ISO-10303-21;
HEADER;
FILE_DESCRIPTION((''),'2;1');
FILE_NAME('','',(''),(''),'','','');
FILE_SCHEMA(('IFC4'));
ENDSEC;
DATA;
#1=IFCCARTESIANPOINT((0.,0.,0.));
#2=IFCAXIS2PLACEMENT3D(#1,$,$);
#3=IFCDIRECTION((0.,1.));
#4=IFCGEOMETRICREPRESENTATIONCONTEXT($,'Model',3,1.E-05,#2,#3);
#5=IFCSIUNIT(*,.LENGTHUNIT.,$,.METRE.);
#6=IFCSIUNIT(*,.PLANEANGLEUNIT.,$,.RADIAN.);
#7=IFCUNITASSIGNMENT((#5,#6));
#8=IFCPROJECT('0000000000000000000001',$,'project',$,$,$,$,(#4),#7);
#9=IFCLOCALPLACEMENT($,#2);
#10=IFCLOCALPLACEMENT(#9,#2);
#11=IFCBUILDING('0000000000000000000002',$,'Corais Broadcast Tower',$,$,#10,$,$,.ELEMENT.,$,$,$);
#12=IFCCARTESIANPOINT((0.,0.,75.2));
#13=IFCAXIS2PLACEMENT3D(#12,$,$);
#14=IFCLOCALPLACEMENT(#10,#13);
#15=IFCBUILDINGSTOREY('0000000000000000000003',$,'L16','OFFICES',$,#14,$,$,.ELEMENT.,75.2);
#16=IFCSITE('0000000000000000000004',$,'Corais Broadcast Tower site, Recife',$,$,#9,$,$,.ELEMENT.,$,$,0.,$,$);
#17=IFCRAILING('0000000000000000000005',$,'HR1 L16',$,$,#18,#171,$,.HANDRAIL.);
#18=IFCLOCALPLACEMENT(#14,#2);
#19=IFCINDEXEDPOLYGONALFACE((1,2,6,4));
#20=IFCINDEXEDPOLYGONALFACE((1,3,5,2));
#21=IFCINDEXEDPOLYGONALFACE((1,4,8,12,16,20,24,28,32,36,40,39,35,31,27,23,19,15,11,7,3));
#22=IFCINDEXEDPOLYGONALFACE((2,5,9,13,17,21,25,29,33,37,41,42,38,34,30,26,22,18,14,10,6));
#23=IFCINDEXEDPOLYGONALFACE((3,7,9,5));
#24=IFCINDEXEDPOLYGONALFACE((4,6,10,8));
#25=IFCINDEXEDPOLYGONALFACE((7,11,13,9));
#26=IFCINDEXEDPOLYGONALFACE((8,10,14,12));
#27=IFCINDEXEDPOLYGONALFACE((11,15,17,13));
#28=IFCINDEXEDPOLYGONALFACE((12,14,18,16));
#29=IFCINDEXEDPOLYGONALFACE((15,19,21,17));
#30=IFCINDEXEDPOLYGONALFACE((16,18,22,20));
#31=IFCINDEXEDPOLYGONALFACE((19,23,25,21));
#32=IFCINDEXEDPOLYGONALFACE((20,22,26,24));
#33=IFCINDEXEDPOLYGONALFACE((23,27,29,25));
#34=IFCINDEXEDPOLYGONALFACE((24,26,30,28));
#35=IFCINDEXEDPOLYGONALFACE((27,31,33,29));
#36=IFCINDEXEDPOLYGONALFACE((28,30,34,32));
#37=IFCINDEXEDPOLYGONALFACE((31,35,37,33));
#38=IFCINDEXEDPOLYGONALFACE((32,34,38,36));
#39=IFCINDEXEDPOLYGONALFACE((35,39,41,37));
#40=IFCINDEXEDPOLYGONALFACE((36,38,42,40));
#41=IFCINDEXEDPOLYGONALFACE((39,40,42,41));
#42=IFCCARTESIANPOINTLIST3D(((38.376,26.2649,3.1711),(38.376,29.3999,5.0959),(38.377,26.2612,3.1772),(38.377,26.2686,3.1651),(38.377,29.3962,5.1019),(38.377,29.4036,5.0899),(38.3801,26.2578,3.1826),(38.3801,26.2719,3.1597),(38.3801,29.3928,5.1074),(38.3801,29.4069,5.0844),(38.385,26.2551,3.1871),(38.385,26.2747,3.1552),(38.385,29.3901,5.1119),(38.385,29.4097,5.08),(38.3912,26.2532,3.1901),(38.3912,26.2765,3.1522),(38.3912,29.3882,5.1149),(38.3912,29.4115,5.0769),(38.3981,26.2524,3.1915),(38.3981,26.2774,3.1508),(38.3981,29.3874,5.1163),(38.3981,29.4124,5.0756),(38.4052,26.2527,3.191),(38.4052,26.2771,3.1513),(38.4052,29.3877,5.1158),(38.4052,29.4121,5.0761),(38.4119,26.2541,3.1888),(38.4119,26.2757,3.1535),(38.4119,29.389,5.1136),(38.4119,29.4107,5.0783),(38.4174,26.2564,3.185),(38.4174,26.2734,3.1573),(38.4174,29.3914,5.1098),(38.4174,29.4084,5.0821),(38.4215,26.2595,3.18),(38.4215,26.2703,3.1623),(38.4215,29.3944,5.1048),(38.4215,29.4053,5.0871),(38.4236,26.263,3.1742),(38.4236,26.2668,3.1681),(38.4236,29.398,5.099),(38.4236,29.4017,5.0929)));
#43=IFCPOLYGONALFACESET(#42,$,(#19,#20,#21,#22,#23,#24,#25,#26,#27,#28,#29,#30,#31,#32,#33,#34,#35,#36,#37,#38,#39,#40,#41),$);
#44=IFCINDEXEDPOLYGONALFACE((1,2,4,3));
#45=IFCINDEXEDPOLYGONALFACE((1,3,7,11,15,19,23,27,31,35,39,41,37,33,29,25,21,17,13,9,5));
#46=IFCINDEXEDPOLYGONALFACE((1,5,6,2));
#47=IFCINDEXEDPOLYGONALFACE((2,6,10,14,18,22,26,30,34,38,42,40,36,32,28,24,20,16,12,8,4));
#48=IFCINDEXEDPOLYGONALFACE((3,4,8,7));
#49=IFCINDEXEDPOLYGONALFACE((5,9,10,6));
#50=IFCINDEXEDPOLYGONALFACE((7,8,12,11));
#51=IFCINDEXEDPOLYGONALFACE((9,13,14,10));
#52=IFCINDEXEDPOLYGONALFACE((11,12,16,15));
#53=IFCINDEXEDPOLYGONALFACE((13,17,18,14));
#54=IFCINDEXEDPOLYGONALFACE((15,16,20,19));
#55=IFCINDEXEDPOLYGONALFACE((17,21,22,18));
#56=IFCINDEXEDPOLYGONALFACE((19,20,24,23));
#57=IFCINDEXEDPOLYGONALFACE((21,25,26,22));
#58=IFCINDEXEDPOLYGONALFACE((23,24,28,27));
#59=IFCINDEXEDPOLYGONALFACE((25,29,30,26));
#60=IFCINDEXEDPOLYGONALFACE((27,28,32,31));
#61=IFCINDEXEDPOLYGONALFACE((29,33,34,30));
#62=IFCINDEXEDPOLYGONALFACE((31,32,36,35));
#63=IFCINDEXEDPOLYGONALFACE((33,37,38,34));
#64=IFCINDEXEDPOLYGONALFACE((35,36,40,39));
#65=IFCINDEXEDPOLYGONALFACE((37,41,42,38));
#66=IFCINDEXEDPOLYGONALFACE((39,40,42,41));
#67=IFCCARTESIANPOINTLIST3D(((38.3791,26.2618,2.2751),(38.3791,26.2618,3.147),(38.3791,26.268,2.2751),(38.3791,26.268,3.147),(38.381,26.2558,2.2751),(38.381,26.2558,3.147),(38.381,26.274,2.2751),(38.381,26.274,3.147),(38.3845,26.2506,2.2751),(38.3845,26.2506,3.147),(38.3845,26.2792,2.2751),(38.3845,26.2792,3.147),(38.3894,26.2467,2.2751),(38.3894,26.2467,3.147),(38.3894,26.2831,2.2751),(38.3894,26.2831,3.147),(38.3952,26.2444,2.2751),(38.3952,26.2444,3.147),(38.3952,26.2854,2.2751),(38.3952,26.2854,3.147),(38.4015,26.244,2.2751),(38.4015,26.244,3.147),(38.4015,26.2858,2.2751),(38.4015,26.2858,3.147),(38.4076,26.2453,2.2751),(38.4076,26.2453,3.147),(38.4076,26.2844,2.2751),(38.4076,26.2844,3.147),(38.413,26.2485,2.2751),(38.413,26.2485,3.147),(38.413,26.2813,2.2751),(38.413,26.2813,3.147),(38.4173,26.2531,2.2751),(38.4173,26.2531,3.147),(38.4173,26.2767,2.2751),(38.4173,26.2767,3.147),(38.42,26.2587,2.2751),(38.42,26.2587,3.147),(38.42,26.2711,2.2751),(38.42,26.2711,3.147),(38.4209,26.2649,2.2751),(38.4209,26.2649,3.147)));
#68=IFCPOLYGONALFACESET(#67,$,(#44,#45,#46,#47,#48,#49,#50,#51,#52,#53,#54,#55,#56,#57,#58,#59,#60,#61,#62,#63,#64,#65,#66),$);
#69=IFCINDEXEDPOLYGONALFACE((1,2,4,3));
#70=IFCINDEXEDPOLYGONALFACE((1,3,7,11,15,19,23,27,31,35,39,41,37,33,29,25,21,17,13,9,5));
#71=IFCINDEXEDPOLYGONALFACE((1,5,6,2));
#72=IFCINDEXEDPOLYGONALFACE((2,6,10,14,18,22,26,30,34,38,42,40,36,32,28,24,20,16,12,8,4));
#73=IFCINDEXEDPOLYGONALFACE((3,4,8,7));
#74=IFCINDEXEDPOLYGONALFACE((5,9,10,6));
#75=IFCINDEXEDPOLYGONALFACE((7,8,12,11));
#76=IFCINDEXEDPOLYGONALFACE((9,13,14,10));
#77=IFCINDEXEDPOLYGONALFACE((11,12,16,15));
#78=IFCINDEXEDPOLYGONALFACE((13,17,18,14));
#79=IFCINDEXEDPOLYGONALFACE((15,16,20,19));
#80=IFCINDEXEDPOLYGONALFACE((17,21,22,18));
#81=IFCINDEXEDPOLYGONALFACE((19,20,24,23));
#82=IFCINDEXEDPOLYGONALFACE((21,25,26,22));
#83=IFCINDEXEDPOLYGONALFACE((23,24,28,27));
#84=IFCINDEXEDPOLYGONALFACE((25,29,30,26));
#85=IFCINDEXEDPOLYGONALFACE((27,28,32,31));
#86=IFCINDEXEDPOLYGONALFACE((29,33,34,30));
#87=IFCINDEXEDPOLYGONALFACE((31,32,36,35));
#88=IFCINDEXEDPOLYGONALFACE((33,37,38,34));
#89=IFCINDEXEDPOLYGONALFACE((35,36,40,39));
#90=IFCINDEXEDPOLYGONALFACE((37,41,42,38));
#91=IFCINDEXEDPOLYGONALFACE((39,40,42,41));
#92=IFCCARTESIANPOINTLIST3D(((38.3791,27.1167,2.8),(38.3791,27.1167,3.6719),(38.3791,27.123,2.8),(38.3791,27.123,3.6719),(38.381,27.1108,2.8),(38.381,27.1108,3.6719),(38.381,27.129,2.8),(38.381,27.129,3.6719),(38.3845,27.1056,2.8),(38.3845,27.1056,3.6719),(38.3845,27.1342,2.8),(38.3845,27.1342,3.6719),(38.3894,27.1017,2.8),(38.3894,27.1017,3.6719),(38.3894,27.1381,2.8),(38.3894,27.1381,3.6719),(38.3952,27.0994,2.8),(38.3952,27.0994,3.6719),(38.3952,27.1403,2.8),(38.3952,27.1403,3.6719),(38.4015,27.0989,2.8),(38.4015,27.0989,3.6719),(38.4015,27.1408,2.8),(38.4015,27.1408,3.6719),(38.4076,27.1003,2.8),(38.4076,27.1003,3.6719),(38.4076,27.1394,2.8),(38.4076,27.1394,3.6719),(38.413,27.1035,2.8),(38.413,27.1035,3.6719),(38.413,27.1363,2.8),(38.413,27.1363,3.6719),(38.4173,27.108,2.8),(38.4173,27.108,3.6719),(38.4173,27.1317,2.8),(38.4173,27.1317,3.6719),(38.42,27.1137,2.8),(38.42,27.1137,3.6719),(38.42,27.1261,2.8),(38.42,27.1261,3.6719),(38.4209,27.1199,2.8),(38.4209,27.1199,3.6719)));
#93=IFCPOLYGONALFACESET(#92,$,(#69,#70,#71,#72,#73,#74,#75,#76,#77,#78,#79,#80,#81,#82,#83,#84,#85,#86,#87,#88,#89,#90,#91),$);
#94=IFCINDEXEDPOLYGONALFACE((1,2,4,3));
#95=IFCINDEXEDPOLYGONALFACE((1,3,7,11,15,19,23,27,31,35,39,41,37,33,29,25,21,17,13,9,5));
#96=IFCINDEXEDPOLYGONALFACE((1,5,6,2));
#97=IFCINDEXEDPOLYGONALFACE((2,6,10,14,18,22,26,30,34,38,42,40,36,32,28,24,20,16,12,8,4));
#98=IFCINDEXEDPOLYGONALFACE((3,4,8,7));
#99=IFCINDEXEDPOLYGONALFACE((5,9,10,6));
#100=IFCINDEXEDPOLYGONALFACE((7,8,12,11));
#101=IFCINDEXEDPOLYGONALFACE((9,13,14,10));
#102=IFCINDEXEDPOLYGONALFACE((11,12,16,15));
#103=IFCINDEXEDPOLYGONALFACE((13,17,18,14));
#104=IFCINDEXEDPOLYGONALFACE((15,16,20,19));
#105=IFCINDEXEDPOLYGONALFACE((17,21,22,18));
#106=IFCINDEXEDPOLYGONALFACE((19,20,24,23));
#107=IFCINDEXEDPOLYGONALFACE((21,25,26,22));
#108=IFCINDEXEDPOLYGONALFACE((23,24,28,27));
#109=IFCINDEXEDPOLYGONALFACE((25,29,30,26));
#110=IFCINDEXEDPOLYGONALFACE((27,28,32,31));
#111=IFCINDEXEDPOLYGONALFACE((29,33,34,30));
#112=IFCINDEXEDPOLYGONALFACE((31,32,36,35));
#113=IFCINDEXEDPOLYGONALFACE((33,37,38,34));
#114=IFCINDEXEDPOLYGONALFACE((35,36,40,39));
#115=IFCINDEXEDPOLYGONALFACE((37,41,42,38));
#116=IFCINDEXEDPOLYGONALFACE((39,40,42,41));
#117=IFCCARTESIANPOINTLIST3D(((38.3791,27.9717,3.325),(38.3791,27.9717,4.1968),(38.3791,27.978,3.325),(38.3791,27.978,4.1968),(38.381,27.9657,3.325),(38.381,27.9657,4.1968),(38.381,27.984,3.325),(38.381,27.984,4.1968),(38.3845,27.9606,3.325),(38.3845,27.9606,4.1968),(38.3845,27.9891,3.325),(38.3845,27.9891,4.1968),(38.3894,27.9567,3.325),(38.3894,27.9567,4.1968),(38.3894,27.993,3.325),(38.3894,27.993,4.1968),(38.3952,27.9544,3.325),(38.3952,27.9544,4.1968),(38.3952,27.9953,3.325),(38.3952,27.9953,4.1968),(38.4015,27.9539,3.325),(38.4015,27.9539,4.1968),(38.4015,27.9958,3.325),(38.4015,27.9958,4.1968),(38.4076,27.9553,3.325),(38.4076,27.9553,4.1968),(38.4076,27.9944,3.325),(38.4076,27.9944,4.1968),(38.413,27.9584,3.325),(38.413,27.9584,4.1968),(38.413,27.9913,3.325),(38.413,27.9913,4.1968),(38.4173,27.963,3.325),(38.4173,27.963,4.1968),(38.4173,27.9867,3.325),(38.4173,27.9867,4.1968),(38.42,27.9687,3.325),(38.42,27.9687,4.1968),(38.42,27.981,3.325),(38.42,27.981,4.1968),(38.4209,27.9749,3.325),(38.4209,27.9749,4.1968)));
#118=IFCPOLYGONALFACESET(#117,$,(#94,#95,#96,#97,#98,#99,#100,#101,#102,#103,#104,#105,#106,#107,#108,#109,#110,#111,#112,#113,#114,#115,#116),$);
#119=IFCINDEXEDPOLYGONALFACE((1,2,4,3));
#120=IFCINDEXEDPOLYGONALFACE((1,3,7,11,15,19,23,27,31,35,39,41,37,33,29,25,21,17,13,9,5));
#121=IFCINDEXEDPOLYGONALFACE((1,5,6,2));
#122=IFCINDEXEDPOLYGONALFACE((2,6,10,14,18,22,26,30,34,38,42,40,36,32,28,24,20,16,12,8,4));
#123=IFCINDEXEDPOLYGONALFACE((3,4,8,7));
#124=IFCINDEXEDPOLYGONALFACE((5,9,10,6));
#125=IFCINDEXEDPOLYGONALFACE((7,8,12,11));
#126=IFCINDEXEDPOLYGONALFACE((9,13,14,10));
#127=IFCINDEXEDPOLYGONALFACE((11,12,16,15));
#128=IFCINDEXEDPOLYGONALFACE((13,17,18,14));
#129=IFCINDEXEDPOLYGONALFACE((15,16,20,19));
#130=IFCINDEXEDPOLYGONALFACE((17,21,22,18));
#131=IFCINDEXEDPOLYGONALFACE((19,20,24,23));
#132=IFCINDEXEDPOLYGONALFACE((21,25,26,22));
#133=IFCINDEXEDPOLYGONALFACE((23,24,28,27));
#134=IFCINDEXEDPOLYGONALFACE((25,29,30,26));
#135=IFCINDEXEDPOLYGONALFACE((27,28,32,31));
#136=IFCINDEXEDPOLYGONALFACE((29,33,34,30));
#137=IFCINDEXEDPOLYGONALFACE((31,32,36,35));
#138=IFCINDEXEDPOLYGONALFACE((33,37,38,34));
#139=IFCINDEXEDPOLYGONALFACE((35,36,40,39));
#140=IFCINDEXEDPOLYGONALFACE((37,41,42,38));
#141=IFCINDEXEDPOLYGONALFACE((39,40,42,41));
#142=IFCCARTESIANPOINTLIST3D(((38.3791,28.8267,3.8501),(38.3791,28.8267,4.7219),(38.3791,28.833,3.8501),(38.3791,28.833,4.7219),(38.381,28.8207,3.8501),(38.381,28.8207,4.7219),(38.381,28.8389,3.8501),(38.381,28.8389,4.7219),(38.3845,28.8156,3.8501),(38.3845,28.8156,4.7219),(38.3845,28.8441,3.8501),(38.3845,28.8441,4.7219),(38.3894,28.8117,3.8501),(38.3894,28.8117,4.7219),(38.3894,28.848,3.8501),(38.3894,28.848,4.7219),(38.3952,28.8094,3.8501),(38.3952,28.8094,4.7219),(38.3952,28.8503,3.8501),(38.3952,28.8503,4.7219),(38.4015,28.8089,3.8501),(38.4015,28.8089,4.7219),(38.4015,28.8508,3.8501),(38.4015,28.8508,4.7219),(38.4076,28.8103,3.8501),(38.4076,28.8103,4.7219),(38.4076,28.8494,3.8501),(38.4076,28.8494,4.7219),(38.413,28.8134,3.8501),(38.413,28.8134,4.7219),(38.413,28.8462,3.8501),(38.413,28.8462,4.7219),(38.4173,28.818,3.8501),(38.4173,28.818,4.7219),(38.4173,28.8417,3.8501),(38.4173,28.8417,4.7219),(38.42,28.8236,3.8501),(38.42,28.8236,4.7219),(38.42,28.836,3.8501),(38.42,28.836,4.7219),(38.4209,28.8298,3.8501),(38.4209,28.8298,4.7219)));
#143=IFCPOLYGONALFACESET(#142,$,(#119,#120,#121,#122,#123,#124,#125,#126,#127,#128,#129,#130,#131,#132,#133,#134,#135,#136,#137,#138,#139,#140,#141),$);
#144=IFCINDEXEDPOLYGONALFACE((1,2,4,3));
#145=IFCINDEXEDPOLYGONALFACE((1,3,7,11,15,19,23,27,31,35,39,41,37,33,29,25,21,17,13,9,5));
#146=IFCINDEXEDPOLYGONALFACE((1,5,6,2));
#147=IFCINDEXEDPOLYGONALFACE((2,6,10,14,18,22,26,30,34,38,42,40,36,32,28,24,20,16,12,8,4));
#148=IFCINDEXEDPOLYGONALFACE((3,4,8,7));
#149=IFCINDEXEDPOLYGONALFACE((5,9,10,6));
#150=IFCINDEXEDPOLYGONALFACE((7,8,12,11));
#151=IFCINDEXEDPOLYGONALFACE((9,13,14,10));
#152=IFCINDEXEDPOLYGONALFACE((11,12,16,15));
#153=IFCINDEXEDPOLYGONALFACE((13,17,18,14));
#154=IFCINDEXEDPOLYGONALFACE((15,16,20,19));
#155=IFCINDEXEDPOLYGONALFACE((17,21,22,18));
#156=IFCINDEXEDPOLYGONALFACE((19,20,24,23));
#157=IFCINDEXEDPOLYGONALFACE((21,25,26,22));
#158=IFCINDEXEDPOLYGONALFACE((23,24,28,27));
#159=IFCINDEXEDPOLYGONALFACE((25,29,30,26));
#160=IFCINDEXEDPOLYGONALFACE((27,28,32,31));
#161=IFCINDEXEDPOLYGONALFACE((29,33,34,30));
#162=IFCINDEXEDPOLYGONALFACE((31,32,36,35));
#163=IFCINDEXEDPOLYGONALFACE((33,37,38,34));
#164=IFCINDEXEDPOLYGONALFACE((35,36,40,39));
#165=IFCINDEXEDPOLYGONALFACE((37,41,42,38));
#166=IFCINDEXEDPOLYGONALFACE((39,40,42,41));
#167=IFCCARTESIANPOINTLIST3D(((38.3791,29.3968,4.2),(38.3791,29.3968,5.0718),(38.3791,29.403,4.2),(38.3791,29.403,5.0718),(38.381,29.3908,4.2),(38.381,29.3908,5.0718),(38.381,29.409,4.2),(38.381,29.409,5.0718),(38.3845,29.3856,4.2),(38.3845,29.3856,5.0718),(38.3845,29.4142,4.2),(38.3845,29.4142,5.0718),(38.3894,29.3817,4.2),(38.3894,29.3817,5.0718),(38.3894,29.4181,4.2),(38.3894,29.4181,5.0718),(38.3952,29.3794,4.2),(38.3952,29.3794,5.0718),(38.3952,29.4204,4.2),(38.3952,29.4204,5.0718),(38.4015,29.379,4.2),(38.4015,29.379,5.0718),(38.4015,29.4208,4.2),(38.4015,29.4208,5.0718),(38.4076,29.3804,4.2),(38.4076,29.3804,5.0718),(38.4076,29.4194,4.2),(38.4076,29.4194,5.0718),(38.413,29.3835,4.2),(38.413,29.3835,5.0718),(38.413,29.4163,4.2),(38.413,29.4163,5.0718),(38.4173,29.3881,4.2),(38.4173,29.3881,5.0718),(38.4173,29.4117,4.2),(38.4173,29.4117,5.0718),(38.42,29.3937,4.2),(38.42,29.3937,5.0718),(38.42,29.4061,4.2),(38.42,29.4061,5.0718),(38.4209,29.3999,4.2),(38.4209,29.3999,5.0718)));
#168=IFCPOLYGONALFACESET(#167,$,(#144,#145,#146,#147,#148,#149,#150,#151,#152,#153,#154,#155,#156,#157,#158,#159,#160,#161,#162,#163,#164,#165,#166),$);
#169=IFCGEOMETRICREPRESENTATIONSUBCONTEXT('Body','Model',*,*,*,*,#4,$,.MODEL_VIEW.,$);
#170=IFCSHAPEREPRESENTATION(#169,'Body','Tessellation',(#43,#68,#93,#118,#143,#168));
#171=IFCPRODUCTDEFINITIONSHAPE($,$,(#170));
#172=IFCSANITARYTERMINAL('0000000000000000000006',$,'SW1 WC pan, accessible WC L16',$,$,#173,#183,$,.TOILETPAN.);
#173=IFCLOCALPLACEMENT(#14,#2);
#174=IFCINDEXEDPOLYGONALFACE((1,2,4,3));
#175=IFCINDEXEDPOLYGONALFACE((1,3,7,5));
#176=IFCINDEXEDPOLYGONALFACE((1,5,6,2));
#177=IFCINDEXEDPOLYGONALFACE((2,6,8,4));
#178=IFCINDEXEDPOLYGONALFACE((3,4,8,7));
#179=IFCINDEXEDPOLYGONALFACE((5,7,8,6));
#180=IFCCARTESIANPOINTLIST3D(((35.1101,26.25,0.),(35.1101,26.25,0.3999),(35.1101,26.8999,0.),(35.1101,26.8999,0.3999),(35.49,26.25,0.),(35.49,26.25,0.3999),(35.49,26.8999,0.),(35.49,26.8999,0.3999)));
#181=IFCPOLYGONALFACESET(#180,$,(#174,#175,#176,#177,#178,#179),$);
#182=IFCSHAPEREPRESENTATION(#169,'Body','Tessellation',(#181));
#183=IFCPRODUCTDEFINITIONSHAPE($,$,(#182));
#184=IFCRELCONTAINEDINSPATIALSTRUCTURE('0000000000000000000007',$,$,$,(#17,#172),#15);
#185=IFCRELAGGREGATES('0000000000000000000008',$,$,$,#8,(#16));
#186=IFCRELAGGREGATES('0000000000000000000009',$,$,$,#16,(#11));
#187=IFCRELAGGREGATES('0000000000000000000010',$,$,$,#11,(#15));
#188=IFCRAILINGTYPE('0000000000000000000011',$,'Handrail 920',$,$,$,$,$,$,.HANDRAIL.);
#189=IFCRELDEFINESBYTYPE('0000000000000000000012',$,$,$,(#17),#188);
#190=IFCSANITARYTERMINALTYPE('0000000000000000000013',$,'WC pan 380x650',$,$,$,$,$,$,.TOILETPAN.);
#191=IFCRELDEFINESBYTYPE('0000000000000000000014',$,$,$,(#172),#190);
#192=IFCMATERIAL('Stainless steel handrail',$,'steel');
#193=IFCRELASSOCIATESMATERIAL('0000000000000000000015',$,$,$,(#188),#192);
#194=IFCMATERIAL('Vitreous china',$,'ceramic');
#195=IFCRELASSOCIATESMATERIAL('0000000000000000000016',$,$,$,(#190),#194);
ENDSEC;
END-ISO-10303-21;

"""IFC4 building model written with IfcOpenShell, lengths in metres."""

from ifc_helpers import new_model, si_unit, direction, frame, origin, origin_2d, place, context, subcontext, project, spatial, rectangle, circle, extrude, material, type_object, element, save


model = new_model("IFC4")

# Units and contexts
model_context = context("Model", 3, precision=1e-05, world=origin(), true_north=direction((0.0, 1.0)))
body_context = subcontext(model_context, "Body", "Model", "MODEL_VIEW")
ifc_project = project(units=[si_unit("LENGTHUNIT", "METRE"), si_unit("PLANEANGLEUNIT", "RADIAN")], contexts=[model_context])

# Site, building, storey
site_placement = place(None, origin())
site = spatial("IfcSite", under=ifc_project, at=site_placement, Name="Corais Broadcast Tower site, Recife", CompositionType="ELEMENT", RefElevation=0.0)
building_placement = place(site_placement, origin())
building = spatial("IfcBuilding", under=site, at=building_placement, Name="Corais Broadcast Tower", CompositionType="ELEMENT")
storey_placement = place(building_placement, frame((0.0, 0.0, 75.2)))
storey = spatial("IfcBuildingStorey", under=building, at=storey_placement, Name="L16", Description="OFFICES", CompositionType="ELEMENT", Elevation=75.2)

# Railing
ifc_material_1 = material(Name="Stainless steel handrail", Category="steel")
railing_type = type_object("IfcRailingType", Name="Handrail 920", PredefinedType="HANDRAIL", material=ifc_material_1)
for number, where, name in (
    (1, (38.3999, 26.2649, 2.2751), "HR1 L16"),
):
    element("IfcRailing", number, at=place(storey_placement, frame(where)), inside=storey, type_object=railing_type, Name=name, PredefinedType="HANDRAIL", context=body_context, shape_type="SweptSolid", body=[
        extrude(circle(Radius=0.0239, at=origin_2d()), frame((0.0, 0.0, 0.896), z_axis=(0.0, 0.852196, 0.523223), x_axis=(-1.0, 0.0, 0.0)), (0.0, 0.0, 1.0), 3.6787),
        extrude(circle(Radius=0.021, at=origin_2d()), origin(), (0.0, 0.0, 1.0), 0.8718),
        extrude(circle(Radius=0.021, at=origin_2d()), frame((0.0, 0.855, 0.5249)), (0.0, 0.0, 1.0), 0.8718),
        extrude(circle(Radius=0.021, at=origin_2d()), frame((0.0, 1.71, 1.0498)), (0.0, 0.0, 1.0), 0.8718),
        extrude(circle(Radius=0.021, at=origin_2d()), frame((0.0, 2.5649, 1.575)), (0.0, 0.0, 1.0), 0.8718),
        extrude(circle(Radius=0.021, at=origin_2d()), frame((0.0, 3.135, 1.9248)), (0.0, 0.0, 1.0), 0.8718),
    ])

# Sanitary terminal
ifc_material_2 = material(Name="Vitreous china", Category="ceramic")
sanitary_terminal_type = type_object("IfcSanitaryTerminalType", Name="WC pan 380x650", PredefinedType="TOILETPAN", material=ifc_material_2)
sanitary_terminal_placement = place(storey_placement, frame((35.3, 26.575, 0.0), z_axis=(0.0, 0.0, 1.0), x_axis=(1.0, 0.0, 0.0)))
element("IfcSanitaryTerminal", 2, at=sanitary_terminal_placement, inside=storey, type_object=sanitary_terminal_type, Name="SW1 WC pan, accessible WC L16", PredefinedType="TOILETPAN", context=body_context, shape_type="SweptSolid", body=[
    extrude(rectangle(XDim=0.3799, YDim=0.6499, at=origin_2d()), origin(), (0.0, 0.0, 1.0), 0.3999),
])

save(model, "model.ifc")
